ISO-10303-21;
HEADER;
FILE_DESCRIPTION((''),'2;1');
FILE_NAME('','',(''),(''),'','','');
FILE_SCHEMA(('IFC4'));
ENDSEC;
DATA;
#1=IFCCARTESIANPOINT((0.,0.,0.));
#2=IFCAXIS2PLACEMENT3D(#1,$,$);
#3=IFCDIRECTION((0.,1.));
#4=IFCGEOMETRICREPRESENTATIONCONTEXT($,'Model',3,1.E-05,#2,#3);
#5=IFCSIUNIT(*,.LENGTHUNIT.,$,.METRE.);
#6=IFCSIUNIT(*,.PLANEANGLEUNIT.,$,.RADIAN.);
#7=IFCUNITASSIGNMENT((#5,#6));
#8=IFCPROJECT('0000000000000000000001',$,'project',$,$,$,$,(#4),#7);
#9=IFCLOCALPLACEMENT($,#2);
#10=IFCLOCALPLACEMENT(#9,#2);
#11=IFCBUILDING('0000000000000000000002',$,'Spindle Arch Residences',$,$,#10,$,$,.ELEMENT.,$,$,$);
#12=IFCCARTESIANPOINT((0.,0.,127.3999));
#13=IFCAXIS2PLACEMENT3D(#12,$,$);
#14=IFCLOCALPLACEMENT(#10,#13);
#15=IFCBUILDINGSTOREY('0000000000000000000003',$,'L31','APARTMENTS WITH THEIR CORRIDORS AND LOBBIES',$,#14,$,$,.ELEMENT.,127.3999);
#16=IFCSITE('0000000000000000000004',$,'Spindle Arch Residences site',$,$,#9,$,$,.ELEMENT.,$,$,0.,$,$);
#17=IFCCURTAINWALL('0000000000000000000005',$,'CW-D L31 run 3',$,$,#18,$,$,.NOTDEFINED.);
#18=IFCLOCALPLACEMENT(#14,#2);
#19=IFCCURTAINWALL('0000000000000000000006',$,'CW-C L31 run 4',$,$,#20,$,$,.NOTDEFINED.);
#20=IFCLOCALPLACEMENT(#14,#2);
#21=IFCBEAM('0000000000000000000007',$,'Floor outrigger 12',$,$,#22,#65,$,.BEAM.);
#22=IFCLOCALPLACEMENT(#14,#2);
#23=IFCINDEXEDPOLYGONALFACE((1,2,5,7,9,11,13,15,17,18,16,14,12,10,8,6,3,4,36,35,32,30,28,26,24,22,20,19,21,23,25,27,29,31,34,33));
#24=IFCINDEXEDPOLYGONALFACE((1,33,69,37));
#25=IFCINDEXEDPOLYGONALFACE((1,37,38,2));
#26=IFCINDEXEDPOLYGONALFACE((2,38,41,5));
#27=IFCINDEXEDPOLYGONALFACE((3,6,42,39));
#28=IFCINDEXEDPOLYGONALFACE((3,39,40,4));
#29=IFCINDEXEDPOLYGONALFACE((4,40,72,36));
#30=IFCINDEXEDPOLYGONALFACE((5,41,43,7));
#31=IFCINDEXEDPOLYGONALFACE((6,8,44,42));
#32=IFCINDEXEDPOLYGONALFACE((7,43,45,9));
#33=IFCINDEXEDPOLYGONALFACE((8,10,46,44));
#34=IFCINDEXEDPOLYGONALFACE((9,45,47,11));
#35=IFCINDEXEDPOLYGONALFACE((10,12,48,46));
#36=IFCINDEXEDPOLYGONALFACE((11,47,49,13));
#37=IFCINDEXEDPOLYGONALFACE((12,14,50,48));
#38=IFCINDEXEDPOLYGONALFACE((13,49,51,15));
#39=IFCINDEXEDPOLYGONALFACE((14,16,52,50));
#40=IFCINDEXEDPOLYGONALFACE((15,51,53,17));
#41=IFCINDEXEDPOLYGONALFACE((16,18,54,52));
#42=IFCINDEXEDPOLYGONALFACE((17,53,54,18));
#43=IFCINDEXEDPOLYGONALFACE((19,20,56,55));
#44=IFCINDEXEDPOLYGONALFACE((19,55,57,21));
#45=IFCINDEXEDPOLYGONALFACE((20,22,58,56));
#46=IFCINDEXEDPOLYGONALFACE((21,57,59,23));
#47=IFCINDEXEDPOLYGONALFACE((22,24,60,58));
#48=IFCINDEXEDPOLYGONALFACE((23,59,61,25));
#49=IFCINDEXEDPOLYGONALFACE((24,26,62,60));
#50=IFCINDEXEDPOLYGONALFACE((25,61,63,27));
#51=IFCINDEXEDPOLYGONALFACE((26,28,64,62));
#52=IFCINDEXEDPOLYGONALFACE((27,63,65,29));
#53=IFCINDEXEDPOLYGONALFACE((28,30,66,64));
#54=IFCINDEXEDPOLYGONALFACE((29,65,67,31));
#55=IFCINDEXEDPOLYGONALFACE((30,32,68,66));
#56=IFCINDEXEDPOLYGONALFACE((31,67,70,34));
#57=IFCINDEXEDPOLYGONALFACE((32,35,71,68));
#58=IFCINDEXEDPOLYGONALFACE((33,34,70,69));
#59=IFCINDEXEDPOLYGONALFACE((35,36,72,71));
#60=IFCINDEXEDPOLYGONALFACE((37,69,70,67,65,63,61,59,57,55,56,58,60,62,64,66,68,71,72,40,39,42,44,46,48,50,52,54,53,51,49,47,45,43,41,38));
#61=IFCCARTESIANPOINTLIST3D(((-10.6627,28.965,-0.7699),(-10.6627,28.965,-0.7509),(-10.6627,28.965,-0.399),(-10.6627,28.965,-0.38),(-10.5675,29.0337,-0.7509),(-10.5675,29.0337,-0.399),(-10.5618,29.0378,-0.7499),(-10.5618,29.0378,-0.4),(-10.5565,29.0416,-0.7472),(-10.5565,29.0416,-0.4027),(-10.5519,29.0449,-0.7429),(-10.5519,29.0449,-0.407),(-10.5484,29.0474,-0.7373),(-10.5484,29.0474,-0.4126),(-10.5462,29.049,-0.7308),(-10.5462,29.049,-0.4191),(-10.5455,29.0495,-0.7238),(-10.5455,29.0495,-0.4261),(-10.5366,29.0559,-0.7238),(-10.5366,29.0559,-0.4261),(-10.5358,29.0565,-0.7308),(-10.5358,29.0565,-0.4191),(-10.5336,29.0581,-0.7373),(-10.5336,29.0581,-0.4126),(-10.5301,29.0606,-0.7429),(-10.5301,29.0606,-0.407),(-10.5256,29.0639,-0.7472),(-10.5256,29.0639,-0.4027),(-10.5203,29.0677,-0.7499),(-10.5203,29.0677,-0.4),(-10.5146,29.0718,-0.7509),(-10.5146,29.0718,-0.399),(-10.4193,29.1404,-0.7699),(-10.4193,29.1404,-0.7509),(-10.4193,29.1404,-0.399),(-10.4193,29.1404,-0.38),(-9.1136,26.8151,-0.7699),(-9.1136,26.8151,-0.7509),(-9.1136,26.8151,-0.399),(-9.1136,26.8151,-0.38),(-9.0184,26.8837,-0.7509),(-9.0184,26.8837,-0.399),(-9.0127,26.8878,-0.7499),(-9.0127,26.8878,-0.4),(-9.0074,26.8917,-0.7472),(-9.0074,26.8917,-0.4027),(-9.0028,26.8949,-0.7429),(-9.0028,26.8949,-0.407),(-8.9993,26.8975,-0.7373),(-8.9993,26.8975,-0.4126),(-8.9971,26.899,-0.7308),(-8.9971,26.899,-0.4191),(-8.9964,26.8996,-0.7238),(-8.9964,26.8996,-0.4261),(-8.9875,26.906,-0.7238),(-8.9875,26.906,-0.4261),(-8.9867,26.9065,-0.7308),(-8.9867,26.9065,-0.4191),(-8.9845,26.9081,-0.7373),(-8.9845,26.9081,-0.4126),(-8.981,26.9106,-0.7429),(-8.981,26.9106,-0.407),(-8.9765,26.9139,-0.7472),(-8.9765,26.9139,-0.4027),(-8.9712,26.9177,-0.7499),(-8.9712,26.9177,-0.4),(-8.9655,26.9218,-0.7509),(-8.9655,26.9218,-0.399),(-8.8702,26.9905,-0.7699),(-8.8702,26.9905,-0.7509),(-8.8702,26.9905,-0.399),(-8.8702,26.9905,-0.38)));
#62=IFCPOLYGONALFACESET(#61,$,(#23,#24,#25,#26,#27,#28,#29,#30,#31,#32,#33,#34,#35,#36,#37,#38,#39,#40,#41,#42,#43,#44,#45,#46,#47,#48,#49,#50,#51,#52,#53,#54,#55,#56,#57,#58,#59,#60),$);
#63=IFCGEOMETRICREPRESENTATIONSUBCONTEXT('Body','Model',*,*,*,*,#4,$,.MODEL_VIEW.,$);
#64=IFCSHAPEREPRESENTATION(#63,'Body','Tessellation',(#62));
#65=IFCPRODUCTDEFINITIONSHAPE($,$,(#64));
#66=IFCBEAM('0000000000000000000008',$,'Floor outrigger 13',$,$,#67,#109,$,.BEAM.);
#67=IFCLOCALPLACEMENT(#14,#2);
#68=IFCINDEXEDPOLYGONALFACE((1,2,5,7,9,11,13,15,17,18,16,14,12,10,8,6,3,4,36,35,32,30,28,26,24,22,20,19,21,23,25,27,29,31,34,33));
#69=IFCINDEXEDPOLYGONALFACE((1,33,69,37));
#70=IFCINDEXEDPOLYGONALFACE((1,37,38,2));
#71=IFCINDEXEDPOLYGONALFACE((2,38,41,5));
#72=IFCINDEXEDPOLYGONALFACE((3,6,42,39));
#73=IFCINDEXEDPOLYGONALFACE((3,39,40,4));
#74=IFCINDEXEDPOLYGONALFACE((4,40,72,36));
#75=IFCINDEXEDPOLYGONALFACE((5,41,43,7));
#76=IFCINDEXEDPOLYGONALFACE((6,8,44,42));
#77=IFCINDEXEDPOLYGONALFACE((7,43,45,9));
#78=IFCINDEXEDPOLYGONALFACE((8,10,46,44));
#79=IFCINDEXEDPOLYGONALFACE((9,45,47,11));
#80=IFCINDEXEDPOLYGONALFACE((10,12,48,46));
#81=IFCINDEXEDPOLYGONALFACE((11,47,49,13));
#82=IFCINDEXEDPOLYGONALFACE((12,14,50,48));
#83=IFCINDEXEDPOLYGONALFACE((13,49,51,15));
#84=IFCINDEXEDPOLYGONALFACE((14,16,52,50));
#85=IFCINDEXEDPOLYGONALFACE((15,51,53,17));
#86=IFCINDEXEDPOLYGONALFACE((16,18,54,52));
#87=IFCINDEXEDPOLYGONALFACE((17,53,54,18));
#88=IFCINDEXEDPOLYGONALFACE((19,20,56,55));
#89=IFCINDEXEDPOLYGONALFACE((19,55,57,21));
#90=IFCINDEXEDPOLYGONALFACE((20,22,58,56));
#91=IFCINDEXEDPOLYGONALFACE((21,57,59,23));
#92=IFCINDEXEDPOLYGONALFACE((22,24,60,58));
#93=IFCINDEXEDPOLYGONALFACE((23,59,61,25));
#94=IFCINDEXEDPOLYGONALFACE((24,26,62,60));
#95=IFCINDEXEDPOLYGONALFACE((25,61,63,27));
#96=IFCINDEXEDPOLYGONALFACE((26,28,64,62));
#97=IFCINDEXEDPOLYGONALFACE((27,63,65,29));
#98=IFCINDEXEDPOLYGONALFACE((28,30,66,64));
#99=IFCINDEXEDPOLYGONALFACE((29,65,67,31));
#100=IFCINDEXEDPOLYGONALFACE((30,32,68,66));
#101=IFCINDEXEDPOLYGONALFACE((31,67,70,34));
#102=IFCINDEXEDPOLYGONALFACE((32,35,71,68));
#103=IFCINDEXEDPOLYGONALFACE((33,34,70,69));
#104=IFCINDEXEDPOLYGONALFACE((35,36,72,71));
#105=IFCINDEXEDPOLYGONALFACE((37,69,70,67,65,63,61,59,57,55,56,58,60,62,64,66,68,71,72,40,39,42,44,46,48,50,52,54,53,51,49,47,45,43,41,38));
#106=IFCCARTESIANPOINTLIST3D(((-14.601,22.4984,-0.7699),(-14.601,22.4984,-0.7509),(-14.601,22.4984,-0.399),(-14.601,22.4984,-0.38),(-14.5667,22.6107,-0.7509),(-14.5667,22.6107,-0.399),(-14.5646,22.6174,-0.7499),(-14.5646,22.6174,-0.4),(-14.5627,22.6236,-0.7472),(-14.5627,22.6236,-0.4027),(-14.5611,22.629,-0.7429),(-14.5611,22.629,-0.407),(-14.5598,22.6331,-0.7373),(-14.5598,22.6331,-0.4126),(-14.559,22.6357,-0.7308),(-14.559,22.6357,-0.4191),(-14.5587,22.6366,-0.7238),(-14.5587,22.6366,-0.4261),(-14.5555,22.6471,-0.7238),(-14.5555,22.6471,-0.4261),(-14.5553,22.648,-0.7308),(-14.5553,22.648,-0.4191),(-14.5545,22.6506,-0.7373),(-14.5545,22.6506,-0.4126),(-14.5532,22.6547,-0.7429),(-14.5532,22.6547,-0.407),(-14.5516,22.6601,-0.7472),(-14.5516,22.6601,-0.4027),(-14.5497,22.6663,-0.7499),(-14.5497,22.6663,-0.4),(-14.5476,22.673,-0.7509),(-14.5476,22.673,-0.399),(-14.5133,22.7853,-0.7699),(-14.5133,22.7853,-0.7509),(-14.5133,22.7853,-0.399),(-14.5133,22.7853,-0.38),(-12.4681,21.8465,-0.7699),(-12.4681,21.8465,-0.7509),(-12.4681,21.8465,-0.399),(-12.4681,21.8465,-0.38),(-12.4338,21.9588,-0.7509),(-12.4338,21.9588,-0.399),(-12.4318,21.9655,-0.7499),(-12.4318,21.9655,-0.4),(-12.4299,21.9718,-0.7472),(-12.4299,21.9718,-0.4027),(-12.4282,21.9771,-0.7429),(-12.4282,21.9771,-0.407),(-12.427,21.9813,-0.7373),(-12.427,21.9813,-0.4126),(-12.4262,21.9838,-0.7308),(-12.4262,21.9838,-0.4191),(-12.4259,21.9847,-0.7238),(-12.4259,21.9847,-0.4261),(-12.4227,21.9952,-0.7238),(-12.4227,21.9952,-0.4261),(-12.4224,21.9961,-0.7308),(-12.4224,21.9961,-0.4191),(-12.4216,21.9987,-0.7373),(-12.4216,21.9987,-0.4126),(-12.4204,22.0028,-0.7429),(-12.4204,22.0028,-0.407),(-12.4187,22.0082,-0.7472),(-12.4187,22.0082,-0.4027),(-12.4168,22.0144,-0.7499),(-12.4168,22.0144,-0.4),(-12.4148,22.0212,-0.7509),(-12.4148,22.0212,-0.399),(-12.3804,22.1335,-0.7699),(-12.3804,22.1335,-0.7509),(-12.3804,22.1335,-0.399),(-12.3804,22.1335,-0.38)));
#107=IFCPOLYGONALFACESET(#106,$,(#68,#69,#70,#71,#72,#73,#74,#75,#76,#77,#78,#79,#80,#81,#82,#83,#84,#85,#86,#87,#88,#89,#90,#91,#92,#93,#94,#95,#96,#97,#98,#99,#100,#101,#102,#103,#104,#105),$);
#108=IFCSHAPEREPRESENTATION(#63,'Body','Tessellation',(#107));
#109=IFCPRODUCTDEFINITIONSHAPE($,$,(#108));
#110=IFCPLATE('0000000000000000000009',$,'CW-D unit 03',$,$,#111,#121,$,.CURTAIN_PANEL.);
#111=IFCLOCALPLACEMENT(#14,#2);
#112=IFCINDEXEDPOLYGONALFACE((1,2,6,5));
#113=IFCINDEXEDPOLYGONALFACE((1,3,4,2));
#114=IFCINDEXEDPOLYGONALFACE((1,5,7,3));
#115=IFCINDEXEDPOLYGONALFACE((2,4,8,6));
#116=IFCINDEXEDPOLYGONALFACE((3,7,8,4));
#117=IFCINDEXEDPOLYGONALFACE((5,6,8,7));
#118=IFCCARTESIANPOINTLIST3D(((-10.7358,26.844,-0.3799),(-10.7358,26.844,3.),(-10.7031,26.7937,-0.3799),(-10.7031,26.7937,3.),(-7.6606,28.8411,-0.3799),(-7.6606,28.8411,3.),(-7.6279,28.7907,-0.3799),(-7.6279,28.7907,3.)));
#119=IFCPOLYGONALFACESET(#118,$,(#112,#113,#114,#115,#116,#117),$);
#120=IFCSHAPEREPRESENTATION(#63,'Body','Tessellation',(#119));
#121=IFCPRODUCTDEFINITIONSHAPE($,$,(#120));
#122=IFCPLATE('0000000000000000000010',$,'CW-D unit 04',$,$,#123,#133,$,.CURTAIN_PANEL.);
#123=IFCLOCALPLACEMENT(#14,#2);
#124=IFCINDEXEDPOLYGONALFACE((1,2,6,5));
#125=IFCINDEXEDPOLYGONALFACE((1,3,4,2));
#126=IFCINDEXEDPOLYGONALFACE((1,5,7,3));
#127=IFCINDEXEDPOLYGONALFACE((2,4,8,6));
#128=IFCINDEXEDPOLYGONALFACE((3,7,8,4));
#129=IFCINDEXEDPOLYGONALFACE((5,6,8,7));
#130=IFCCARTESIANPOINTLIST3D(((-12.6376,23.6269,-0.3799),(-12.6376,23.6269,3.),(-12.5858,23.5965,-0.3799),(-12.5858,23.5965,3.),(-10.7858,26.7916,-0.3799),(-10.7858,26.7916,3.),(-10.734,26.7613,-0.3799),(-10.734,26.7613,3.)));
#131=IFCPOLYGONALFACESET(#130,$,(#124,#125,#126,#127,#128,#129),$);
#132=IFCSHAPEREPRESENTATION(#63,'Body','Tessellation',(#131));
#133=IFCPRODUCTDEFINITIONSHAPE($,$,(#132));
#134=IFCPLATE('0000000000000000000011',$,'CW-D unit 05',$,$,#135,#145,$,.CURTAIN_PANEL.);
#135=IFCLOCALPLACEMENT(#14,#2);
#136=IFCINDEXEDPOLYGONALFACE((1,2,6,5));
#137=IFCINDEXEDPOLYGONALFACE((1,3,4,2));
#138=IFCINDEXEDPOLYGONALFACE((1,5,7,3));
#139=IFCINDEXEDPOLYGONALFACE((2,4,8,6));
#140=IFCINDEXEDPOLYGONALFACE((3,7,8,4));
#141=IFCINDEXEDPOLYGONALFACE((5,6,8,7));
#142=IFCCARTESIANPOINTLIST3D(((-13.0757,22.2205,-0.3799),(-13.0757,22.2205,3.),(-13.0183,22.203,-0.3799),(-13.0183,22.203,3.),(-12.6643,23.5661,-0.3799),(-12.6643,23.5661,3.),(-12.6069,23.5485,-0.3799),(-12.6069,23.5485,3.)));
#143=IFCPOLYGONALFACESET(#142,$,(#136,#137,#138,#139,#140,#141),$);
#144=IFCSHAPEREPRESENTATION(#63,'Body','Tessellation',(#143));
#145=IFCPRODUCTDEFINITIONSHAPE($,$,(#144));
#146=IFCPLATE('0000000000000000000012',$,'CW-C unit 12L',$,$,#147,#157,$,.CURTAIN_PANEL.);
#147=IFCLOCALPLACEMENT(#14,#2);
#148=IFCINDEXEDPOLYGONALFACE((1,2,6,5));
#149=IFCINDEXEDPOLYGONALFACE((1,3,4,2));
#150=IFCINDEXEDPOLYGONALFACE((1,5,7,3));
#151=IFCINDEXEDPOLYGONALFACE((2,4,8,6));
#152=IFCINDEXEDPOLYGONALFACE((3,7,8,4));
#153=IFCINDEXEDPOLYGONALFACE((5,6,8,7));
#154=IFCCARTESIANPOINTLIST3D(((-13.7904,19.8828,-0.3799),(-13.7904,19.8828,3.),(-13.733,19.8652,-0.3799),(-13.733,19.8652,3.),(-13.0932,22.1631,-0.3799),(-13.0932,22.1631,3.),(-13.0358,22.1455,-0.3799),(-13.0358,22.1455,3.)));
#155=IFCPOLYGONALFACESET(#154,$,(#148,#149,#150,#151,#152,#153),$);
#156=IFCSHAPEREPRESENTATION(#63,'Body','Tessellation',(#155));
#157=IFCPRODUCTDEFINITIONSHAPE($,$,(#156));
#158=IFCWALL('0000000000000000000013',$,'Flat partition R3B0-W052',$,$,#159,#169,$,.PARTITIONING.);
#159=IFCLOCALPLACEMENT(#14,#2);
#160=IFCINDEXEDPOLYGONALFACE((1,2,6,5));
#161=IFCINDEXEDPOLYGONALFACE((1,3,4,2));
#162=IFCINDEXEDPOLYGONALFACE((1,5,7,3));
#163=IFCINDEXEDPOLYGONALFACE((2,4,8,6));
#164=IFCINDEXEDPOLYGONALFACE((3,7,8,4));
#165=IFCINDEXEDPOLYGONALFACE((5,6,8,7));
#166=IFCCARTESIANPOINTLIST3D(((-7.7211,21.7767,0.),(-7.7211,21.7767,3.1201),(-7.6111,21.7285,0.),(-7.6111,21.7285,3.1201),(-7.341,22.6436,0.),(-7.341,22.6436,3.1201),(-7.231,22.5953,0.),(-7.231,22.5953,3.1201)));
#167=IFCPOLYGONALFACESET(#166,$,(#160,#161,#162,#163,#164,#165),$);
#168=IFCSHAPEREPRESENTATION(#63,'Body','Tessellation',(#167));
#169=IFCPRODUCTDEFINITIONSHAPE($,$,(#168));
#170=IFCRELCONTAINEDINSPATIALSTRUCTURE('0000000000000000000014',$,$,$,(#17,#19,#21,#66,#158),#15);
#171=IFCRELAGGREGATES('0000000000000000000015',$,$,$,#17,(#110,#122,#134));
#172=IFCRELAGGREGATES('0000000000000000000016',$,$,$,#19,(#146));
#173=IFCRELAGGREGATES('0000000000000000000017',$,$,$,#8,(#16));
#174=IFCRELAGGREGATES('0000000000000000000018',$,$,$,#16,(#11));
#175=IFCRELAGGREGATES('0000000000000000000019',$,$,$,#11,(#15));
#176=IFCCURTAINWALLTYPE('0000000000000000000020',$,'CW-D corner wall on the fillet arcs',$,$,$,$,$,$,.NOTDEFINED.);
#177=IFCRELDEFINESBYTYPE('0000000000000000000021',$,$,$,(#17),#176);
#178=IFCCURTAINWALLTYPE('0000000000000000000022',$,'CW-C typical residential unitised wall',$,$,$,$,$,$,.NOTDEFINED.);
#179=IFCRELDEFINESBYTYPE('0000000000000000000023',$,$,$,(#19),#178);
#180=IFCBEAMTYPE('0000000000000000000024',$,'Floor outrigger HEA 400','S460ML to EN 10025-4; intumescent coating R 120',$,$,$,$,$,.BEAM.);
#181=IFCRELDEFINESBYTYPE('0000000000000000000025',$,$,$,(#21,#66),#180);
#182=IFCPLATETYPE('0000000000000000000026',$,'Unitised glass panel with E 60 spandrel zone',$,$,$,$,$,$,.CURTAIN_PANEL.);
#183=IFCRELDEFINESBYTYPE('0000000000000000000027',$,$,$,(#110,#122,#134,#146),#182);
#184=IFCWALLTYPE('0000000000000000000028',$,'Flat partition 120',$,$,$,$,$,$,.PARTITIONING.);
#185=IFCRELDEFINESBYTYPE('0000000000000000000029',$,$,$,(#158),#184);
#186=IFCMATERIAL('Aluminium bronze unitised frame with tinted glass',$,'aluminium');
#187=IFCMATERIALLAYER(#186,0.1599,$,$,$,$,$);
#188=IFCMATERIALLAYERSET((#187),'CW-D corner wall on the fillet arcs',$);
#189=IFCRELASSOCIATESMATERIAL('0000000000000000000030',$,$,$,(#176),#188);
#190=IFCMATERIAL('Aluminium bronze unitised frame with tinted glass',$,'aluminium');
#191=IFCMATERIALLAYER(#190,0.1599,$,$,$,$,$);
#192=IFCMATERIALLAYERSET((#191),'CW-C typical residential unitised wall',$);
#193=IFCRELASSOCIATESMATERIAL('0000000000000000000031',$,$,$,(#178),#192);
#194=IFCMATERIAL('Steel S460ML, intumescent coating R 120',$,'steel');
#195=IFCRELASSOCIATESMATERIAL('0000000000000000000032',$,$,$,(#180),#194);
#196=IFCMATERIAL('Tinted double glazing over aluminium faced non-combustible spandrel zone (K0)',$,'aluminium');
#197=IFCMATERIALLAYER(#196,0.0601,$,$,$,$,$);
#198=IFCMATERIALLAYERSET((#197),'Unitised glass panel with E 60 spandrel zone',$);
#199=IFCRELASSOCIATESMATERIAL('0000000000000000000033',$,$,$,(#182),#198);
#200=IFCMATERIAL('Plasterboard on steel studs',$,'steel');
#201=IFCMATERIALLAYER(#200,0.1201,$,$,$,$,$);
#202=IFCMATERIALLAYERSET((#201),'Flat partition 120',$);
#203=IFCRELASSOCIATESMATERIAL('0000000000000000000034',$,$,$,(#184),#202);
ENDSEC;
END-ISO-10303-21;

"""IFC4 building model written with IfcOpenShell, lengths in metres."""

from ifc_helpers import new_model, si_unit, direction, frame, frame_2d, origin, origin_2d, place, context, subcontext, project, spatial, rectangle, i_section, extrude, material, layer, layer_set, material_profile, profile_set, type_object, element, aggregate, save


model = new_model("IFC4")

# Units and contexts
model_context = context("Model", 3, precision=1e-05, world=origin(), true_north=direction((0.0, 1.0)))
body_context = subcontext(model_context, "Body", "Model", "MODEL_VIEW")
ifc_project = project(units=[si_unit("LENGTHUNIT", "METRE"), si_unit("PLANEANGLEUNIT", "RADIAN")], contexts=[model_context])

# Site, building, storey
site_placement = place(None, origin())
site = spatial("IfcSite", under=ifc_project, at=site_placement, Name="Spindle Arch Residences site", CompositionType="ELEMENT", RefElevation=0.0)
building_placement = place(site_placement, origin())
building = spatial("IfcBuilding", under=site, at=building_placement, Name="Spindle Arch Residences", CompositionType="ELEMENT")
storey_placement = place(building_placement, frame((0.0, 0.0, 127.3999)))
storey = spatial("IfcBuildingStorey", under=building, at=storey_placement, Name="L31", Description="APARTMENTS WITH THEIR CORRIDORS AND LOBBIES", CompositionType="ELEMENT", Elevation=127.3999)

# Curtain wall
ifc_material_1 = material(Name="Aluminium bronze unitised frame with tinted glass", Category="aluminium")
ifc_layer_1 = layer(ifc_material_1, 0.1599)
ifc_layer_set_1 = layer_set([ifc_layer_1], Name="CW-D corner wall on the fillet arcs")
curtain_wall_type_1 = type_object("IfcCurtainWallType", Name="CW-D corner wall on the fillet arcs", PredefinedType="NOTDEFINED", material=ifc_layer_set_1)
curtain_wall_1_placement = place(storey_placement, origin())
curtain_wall_1 = element("IfcCurtainWall", 1, at=curtain_wall_1_placement, inside=storey, type_object=curtain_wall_type_1, Name="CW-D L31 run 3", PredefinedType="NOTDEFINED")

# Curtain wall
ifc_material_2 = material(Name="Aluminium bronze unitised frame with tinted glass", Category="aluminium")
ifc_layer_2 = layer(ifc_material_2, 0.1599)
ifc_layer_set_2 = layer_set([ifc_layer_2], Name="CW-C typical residential unitised wall")
curtain_wall_type_2 = type_object("IfcCurtainWallType", Name="CW-C typical residential unitised wall", PredefinedType="NOTDEFINED", material=ifc_layer_set_2)
curtain_wall_2_placement = place(storey_placement, origin())
curtain_wall_2 = element("IfcCurtainWall", 2, at=curtain_wall_2_placement, inside=storey, type_object=curtain_wall_type_2, Name="CW-C L31 run 4", PredefinedType="NOTDEFINED")

# Beams
ifc_material_3 = material(Name="Steel S460ML, intumescent coating R 120", Category="steel")
ifc_material_profile_1 = material_profile(ifc_material_3, i_section(OverallWidth=0.3, OverallDepth=0.3899, WebThickness=0.011, FlangeThickness=0.019, FilletRadius=0.0271, at=origin_2d()), Name="HEA 400")
ifc_profile_set_1 = profile_set([ifc_material_profile_1], Name="Steel S460ML, intumescent coating R 120")
beam_type_1 = type_object("IfcBeamType", Name="Floor outrigger HEA 400", Description="S460ML to EN 10025-4; intumescent coating R 120", PredefinedType="BEAM", material=ifc_profile_set_1)
beam_1_placement = place(storey_placement, frame((-10.541, 29.0527, -0.575), z_axis=(0.584589, -0.81133, 0.0), x_axis=(0.81133, 0.584589, 0.0)))
element("IfcBeam", 3, at=beam_1_placement, inside=storey, type_object=beam_type_1, Name="Floor outrigger 12", PredefinedType="BEAM", context=body_context, shape_type="SweptSolid", body=[
    extrude(i_section(OverallWidth=0.3, OverallDepth=0.3899, WebThickness=0.011, FlangeThickness=0.019, FilletRadius=0.0271, at=origin_2d()), origin(), (0.0, 0.0, 1.0), 2.6499),
])
beam_2_placement = place(storey_placement, frame((-14.5571, 22.6418, -0.575), z_axis=(0.956331, -0.292285, 0.0), x_axis=(0.292285, 0.956331, 0.0)))
element("IfcBeam", 4, at=beam_2_placement, inside=storey, type_object=beam_type_1, Name="Floor outrigger 13", PredefinedType="BEAM", context=body_context, shape_type="SweptSolid", body=[
    extrude(i_section(OverallWidth=0.3, OverallDepth=0.3899, WebThickness=0.011, FlangeThickness=0.019, FilletRadius=0.0271, at=origin_2d()), origin(), (0.0, 0.0, 1.0), 2.2302),
])

# Plates
ifc_material_4 = material(Name="Tinted double glazing over aluminium faced non-combustible spandrel zone (K0)", Category="aluminium")
ifc_layer_3 = layer(ifc_material_4, 0.0601)
ifc_layer_set_3 = layer_set([ifc_layer_3], Name="Unitised glass panel with E 60 spandrel zone")
plate_type = type_object("IfcPlateType", Name="Unitised glass panel with E 60 spandrel zone", PredefinedType="CURTAIN_PANEL", material=ifc_layer_set_3)
plate_1_placement = place(storey_placement, frame((-9.1819, 27.8174, -0.3799), z_axis=(0.0, 0.0, 1.0), x_axis=(-0.838671, -0.544639, 0.0)))
plate_1 = element("IfcPlate", 5, at=plate_1_placement, type_object=plate_type, Name="CW-D unit 03", PredefinedType="CURTAIN_PANEL", context=body_context, shape_type="SweptSolid", body=[
    extrude(rectangle(XDim=3.6667, YDim=0.0601, at=origin_2d()), origin(), (0.0, 0.0, 1.0), 3.3799),
])
plate_2_placement = place(storey_placement, frame((-11.6858, 25.1941, -0.3799), z_axis=(0.0, 0.0, 1.0), x_axis=(-0.50503, -0.863102, 0.0)))
plate_2 = element("IfcPlate", 6, at=plate_2_placement, type_object=plate_type, Name="CW-D unit 04", PredefinedType="CURTAIN_PANEL", context=body_context, shape_type="SweptSolid", body=[
    extrude(rectangle(XDim=3.6667, YDim=0.0601, at=origin_2d()), origin(), (0.0, 0.0, 1.0), 3.3799),
])
plate_3_placement = place(storey_placement, frame((-12.8413, 22.8845, -0.3799), z_axis=(0.0, 0.0, 1.0), x_axis=(-0.292372, -0.956305, 0.0)))
plate_3 = element("IfcPlate", 7, at=plate_3_placement, type_object=plate_type, Name="CW-D unit 05", PredefinedType="CURTAIN_PANEL", context=body_context, shape_type="SweptSolid", body=[
    extrude(rectangle(XDim=1.407, YDim=0.0601, at=origin_2d()), origin(), (0.0, 0.0, 1.0), 3.3799),
])
aggregate(curtain_wall_1, [plate_1, plate_2, plate_3])
plate_4_placement = place(storey_placement, frame((-13.4131, 21.0142, -0.3799), z_axis=(0.0, 0.0, 1.0), x_axis=(-0.292372, -0.956305, 0.0)))
plate_4 = element("IfcPlate", 8, at=plate_4_placement, type_object=plate_type, Name="CW-C unit 12L", PredefinedType="CURTAIN_PANEL", context=body_context, shape_type="SweptSolid", body=[
    extrude(rectangle(XDim=2.3845, YDim=0.0601, at=origin_2d()), origin(), (0.0, 0.0, 1.0), 3.3799),
])
aggregate(curtain_wall_2, [plate_4])

# Wall
ifc_material_5 = material(Name="Plasterboard on steel studs", Category="steel")
ifc_layer_4 = layer(ifc_material_5, 0.1201)
ifc_layer_set_4 = layer_set([ifc_layer_4], Name="Flat partition 120")
wall_type_1 = type_object("IfcWallType", Name="Flat partition 120", PredefinedType="PARTITIONING", material=ifc_layer_set_4)
wall_1_placement = place(storey_placement, frame((-7.666, 21.7527, 0.0), z_axis=(0.0, 0.0, 1.0), x_axis=(0.401563, 0.915831, 0.0)))
element("IfcWall", 9, at=wall_1_placement, inside=storey, type_object=wall_type_1, Name="Flat partition R3B0-W052", PredefinedType="PARTITIONING", context=body_context, shape_type="SweptSolid", body=[
    extrude(rectangle(XDim=0.9465, YDim=0.1201, at=frame_2d((0.4731, 0.0))), origin(), (0.0, 0.0, 1.0), 3.1201),
])

save(model, "model.ifc")
